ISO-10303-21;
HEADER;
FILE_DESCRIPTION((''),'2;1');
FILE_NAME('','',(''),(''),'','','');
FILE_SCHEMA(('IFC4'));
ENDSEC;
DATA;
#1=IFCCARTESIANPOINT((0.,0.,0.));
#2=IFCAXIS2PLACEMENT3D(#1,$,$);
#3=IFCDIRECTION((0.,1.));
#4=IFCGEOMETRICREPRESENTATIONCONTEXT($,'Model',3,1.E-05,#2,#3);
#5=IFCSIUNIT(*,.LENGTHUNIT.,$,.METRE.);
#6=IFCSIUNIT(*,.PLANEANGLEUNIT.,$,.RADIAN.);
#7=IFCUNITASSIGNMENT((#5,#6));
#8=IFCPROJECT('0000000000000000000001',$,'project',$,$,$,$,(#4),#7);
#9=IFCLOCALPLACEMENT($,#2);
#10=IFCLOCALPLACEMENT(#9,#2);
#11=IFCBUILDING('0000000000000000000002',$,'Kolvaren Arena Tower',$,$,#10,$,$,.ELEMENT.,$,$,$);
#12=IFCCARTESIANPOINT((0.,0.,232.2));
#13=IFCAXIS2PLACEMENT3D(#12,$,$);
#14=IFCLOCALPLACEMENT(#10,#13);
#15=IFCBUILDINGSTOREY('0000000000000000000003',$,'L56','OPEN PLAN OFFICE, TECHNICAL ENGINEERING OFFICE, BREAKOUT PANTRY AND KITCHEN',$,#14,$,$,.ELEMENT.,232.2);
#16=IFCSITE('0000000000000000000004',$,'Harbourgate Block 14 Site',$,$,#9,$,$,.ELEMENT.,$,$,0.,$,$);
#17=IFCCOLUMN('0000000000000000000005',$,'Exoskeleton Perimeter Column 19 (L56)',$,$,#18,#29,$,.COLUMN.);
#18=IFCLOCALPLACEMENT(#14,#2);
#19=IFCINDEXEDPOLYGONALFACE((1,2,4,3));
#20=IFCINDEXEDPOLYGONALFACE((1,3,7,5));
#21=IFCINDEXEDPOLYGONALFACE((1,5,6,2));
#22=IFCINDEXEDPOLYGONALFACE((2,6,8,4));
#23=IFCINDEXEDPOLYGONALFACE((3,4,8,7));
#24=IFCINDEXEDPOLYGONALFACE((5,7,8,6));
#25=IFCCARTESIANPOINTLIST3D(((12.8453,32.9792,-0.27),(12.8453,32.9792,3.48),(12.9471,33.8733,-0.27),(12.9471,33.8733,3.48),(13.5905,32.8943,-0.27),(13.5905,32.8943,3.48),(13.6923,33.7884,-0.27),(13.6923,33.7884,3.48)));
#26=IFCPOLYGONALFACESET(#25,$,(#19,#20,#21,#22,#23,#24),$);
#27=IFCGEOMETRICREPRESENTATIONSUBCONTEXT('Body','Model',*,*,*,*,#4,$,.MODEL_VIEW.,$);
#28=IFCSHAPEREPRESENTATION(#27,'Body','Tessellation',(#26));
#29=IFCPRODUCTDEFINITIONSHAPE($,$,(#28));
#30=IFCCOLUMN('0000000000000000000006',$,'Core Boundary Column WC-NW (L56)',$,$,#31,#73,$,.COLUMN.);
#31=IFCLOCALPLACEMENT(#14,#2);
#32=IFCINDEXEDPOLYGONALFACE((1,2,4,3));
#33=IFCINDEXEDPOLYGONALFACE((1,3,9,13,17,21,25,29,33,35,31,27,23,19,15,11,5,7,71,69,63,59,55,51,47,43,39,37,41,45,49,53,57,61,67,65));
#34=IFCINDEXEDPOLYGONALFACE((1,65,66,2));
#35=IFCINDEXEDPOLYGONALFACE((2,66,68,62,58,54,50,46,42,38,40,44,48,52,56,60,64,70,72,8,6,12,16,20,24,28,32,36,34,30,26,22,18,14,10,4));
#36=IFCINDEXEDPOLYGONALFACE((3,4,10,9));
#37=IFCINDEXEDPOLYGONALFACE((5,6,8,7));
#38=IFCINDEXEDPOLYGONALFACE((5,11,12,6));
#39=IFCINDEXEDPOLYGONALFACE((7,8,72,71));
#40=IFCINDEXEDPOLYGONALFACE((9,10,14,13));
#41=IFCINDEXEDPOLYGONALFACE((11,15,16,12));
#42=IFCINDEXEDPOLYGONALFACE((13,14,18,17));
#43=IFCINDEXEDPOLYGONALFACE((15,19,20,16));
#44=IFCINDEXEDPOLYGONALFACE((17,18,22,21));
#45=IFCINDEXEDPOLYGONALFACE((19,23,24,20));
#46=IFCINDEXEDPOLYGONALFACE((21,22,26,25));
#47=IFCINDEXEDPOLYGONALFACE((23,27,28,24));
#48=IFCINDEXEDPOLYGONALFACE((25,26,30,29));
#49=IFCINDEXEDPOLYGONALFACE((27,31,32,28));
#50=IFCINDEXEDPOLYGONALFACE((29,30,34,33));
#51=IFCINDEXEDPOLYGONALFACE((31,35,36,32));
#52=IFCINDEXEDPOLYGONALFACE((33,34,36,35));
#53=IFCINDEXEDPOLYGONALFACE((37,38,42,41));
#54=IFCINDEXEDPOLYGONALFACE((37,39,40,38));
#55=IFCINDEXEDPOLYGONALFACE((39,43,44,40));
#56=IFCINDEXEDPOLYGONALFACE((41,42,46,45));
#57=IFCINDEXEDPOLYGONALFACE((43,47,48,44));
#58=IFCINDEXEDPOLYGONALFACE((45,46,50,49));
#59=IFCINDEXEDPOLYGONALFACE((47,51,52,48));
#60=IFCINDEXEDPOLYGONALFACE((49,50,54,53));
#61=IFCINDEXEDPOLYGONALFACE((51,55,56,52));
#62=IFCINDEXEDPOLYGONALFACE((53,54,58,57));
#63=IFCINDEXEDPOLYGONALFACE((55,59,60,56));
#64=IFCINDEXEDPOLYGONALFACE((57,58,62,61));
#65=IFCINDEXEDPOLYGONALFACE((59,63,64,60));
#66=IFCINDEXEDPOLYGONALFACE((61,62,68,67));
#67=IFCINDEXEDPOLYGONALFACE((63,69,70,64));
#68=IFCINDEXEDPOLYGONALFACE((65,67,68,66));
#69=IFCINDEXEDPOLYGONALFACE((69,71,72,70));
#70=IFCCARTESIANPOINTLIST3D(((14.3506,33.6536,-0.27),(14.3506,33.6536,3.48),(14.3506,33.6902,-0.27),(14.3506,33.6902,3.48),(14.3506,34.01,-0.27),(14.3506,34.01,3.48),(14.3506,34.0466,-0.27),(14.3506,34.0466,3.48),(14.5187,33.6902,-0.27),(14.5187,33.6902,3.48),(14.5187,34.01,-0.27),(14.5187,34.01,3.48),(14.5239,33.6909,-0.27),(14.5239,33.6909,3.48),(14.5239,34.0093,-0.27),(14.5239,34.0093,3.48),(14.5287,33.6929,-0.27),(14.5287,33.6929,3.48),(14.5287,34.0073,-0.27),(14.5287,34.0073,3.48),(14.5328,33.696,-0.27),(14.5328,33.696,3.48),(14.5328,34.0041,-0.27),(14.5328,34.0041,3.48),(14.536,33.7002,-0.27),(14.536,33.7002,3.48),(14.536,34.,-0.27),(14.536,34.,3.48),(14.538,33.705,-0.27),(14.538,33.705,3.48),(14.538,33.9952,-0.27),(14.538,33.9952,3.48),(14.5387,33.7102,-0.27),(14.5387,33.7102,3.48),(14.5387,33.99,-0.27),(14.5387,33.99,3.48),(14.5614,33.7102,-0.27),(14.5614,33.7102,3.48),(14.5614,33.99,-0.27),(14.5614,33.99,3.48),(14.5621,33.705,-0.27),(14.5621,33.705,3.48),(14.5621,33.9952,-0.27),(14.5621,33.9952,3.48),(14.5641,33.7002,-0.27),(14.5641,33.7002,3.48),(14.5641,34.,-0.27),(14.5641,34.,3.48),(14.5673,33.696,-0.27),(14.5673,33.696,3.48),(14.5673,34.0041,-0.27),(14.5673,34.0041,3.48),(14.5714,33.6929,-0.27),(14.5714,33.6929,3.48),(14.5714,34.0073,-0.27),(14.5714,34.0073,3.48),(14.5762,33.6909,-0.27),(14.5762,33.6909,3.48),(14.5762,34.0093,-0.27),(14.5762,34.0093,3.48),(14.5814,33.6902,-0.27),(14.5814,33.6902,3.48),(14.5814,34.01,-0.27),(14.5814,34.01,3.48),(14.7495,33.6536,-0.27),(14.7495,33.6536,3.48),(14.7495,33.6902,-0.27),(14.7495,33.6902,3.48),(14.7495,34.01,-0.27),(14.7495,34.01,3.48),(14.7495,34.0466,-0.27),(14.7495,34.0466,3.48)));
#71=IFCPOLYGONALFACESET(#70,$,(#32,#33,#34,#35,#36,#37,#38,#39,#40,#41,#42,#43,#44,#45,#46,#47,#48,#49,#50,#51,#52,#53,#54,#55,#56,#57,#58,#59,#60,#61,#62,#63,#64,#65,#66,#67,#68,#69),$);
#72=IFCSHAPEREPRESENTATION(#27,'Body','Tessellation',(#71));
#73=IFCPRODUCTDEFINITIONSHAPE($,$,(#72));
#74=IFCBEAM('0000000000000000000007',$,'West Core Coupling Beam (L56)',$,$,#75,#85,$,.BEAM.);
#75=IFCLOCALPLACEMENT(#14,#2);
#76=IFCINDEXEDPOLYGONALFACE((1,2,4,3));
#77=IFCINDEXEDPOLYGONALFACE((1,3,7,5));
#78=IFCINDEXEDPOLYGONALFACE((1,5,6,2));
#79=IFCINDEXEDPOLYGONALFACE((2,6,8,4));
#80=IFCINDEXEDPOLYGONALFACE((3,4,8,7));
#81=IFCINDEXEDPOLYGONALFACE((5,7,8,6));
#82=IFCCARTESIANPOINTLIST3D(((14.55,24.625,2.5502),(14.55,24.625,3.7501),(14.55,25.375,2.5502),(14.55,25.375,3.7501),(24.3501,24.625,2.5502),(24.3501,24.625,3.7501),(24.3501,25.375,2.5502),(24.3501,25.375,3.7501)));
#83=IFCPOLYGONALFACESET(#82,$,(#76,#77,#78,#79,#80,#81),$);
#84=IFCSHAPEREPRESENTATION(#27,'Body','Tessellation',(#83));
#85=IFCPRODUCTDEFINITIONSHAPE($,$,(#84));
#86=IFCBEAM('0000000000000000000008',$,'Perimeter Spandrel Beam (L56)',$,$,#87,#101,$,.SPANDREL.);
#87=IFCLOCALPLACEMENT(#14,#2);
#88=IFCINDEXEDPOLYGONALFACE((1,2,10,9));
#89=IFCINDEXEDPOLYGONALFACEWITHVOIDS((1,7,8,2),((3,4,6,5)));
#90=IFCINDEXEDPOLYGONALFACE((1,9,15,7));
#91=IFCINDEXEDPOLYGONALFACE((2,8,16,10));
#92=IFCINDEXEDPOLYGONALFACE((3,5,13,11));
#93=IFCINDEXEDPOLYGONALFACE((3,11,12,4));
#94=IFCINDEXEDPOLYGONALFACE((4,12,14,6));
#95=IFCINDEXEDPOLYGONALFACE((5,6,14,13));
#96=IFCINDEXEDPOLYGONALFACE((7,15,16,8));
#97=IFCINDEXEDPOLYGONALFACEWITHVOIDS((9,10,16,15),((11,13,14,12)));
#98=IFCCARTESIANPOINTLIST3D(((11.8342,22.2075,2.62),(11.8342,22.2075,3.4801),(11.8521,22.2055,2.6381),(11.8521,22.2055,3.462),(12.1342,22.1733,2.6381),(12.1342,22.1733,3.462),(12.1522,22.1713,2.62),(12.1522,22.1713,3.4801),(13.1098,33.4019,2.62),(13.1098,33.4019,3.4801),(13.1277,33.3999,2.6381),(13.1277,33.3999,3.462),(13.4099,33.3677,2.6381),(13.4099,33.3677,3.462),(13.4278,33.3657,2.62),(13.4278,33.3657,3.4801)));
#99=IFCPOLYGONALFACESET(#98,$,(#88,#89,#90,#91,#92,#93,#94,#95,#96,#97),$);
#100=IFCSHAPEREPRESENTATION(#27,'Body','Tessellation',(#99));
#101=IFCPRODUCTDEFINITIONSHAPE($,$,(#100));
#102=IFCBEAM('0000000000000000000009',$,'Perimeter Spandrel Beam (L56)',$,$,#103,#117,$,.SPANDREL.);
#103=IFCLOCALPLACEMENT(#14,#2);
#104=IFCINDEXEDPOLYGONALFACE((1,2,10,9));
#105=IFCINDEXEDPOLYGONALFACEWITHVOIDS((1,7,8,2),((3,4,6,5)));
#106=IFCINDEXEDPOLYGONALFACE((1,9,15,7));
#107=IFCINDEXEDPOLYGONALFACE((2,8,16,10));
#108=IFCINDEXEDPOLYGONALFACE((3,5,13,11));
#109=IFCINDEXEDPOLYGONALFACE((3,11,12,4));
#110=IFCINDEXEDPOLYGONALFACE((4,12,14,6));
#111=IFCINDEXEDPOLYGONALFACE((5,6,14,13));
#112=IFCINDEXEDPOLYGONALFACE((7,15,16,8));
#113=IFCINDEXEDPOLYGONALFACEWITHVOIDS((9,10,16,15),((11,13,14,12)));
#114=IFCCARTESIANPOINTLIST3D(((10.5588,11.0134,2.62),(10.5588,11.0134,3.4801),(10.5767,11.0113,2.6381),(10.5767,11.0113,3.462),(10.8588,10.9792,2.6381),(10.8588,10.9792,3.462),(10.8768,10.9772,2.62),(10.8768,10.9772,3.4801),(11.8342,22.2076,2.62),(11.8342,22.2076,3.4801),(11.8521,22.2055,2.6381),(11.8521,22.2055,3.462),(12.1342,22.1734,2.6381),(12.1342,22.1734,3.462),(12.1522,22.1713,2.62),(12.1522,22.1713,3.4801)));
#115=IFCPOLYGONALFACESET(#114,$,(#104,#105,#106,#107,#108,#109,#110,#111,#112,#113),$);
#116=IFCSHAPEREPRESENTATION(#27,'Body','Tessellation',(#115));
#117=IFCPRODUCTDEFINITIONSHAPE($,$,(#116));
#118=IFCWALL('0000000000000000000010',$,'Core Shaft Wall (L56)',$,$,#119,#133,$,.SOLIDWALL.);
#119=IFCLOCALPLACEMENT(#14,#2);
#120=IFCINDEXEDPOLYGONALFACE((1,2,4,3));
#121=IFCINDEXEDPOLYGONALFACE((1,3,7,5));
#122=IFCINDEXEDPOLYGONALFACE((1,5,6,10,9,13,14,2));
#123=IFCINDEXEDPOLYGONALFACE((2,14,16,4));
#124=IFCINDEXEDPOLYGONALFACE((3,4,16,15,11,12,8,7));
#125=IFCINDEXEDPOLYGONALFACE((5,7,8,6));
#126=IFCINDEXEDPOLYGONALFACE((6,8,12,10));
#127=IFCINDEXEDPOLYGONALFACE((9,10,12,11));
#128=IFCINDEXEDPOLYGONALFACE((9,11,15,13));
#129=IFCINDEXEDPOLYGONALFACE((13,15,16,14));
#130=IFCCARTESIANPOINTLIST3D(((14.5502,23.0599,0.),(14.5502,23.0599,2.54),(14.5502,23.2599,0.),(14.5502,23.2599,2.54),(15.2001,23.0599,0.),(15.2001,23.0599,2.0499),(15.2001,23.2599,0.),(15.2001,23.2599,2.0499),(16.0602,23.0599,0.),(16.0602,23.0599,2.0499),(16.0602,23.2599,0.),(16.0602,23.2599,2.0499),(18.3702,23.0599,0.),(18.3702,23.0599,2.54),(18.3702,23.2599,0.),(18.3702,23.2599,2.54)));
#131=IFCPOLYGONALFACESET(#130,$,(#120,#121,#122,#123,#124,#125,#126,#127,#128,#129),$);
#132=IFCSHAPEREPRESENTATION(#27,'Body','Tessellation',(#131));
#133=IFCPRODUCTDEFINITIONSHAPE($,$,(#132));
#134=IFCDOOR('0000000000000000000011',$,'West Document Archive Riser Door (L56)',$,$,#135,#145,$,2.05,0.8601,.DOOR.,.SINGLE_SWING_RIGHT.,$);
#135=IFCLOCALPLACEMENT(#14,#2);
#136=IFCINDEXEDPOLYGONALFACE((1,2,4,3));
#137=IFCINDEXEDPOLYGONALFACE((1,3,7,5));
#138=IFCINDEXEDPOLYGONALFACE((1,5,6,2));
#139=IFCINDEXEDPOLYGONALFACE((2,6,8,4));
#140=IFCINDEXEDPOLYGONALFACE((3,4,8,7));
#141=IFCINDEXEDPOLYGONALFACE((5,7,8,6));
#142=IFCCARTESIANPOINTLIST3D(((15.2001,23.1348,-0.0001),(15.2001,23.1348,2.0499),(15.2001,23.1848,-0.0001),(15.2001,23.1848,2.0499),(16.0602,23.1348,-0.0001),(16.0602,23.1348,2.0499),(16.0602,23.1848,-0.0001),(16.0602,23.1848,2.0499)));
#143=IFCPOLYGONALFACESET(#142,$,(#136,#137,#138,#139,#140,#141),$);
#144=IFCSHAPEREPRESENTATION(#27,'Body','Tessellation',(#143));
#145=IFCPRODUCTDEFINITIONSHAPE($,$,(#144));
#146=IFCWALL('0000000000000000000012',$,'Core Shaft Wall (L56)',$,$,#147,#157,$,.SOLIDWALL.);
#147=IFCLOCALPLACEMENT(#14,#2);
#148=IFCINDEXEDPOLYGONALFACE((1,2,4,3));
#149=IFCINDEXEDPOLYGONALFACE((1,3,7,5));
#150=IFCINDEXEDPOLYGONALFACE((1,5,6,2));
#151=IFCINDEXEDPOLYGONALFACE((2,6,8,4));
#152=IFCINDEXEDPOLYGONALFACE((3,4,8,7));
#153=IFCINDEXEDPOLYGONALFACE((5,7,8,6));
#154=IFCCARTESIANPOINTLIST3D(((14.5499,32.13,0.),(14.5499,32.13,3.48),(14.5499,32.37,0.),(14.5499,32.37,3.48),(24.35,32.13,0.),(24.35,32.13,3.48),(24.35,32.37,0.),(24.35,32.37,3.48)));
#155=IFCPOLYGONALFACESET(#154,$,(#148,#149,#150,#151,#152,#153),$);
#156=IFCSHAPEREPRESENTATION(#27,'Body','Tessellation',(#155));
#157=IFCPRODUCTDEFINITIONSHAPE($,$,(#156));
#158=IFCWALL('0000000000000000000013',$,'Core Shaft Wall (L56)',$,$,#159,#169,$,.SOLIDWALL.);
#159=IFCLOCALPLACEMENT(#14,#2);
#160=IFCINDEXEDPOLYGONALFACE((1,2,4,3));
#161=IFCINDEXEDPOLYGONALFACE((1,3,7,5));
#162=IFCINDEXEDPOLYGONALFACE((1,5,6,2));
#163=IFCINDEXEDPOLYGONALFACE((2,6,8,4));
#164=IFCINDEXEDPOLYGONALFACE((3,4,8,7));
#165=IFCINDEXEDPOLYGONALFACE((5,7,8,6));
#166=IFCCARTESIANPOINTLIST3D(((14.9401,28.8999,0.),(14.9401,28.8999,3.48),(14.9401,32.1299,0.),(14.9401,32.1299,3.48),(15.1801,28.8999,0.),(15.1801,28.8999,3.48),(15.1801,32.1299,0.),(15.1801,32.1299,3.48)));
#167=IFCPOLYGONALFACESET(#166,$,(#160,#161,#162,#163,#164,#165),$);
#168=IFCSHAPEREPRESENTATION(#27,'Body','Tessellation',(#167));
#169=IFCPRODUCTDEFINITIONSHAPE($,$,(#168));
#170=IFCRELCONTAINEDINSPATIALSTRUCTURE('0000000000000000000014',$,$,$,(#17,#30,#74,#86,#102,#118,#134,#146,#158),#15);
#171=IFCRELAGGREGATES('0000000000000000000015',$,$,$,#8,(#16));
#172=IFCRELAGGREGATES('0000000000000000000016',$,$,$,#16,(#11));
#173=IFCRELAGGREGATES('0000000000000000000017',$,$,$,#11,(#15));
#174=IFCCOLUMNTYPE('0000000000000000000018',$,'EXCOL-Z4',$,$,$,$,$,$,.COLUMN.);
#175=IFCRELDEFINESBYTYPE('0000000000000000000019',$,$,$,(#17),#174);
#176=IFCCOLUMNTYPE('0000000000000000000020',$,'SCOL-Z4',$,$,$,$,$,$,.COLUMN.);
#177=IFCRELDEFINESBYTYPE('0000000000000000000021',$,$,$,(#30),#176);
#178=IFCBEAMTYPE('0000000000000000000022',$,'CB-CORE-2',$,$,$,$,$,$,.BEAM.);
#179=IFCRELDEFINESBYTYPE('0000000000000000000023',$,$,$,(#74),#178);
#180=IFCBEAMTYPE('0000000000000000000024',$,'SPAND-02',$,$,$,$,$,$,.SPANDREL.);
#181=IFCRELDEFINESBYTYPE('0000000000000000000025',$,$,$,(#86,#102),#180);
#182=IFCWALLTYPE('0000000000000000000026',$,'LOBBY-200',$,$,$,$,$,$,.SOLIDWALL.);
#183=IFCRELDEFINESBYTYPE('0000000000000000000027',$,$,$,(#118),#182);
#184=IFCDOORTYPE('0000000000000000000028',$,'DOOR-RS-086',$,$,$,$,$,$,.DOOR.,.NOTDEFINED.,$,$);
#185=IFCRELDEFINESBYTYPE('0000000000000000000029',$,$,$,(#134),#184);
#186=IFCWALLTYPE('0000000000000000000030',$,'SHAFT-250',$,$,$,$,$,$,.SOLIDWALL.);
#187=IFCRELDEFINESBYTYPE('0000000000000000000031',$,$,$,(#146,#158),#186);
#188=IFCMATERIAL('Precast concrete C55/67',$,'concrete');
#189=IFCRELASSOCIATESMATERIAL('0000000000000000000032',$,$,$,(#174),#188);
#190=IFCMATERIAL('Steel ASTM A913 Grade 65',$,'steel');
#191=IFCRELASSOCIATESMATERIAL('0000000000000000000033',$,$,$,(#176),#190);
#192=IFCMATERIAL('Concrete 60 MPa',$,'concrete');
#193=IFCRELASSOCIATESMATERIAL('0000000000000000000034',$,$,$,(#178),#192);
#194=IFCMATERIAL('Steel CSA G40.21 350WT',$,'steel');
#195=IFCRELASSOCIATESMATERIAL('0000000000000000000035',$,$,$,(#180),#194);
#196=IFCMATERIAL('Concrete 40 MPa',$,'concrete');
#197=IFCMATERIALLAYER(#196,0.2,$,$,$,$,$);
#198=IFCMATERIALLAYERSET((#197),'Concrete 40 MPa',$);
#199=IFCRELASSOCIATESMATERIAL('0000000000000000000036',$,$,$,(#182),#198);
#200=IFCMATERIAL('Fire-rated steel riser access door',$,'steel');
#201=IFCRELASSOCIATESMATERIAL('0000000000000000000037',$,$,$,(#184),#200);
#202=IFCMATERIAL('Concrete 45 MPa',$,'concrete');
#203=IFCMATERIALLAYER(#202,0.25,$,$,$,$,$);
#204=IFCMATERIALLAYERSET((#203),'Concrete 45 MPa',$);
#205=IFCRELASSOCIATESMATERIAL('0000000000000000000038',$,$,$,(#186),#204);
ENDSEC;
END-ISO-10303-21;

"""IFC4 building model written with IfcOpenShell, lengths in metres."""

from ifc_helpers import new_model, si_unit, direction, frame, frame_2d, origin, origin_2d, place, context, subcontext, project, spatial, rectangle, hollow_rectangle, i_section, extrude, material, layer, layer_set, material_profile, profile_set, type_object, element, fill, save


model = new_model("IFC4")

# Units and contexts
model_context = context("Model", 3, precision=1e-05, world=origin(), true_north=direction((0.0, 1.0)))
body_context = subcontext(model_context, "Body", "Model", "MODEL_VIEW")
ifc_project = project(units=[si_unit("LENGTHUNIT", "METRE"), si_unit("PLANEANGLEUNIT", "RADIAN")], contexts=[model_context])

# Site, building, storey
site_placement = place(None, origin())
site = spatial("IfcSite", under=ifc_project, at=site_placement, Name="Harbourgate Block 14 Site", CompositionType="ELEMENT", RefElevation=0.0)
building_placement = place(site_placement, origin())
building = spatial("IfcBuilding", under=site, at=building_placement, Name="Kolvaren Arena Tower", CompositionType="ELEMENT")
storey_placement = place(building_placement, frame((0.0, 0.0, 232.2)))
storey = spatial("IfcBuildingStorey", under=building, at=storey_placement, Name="L56", Description="OPEN PLAN OFFICE, TECHNICAL ENGINEERING OFFICE, BREAKOUT PANTRY AND KITCHEN", CompositionType="ELEMENT", Elevation=232.2)

# Columns
ifc_material_1 = material(Name="Precast concrete C55/67", Category="concrete")
ifc_material_profile_1 = material_profile(ifc_material_1, rectangle(XDim=0.8999, YDim=0.75, at=origin_2d()), Name="RC-900x750")
ifc_profile_set_1 = profile_set([ifc_material_profile_1], Name="Precast concrete C55/67")
column_type_1 = type_object("IfcColumnType", Name="EXCOL-Z4", PredefinedType="COLUMN", material=ifc_profile_set_1)
column_1_placement = place(storey_placement, frame((13.2688, 33.3838, -0.27), z_axis=(0.0, 0.0, 1.0), x_axis=(0.113203, 0.993572, 0.0)))
element("IfcColumn", 1, at=column_1_placement, inside=storey, type_object=column_type_1, Name="Exoskeleton Perimeter Column 19 (L56)", PredefinedType="COLUMN", context=body_context, shape_type="SweptSolid", body=[
    extrude(rectangle(XDim=0.8999, YDim=0.75, at=origin_2d()), origin(), (0.0, 0.0, 1.0), 3.75),
])
ifc_material_2 = material(Name="Steel ASTM A913 Grade 65", Category="steel")
ifc_material_profile_2 = material_profile(ifc_material_2, i_section(OverallWidth=0.3989, OverallDepth=0.3931, WebThickness=0.0227, FlangeThickness=0.0366, FilletRadius=0.02, at=origin_2d()), Name="W360x287")
ifc_profile_set_2 = profile_set([ifc_material_profile_2], Name="Steel ASTM A913 Grade 65")
column_type_2 = type_object("IfcColumnType", Name="SCOL-Z4", PredefinedType="COLUMN", material=ifc_profile_set_2)
column_2_placement = place(storey_placement, frame((14.55, 33.8501, -0.27), z_axis=(0.0, 0.0, 1.0), x_axis=(1.0, 0.0, 0.0)))
element("IfcColumn", 2, at=column_2_placement, inside=storey, type_object=column_type_2, Name="Core Boundary Column WC-NW (L56)", PredefinedType="COLUMN", context=body_context, shape_type="SweptSolid", body=[
    extrude(i_section(OverallWidth=0.3989, OverallDepth=0.3931, WebThickness=0.0227, FlangeThickness=0.0366, FilletRadius=0.02, at=origin_2d()), origin(), (0.0, 0.0, 1.0), 3.75),
])

# Beams
ifc_material_3 = material(Name="Concrete 60 MPa", Category="concrete")
ifc_material_profile_3 = material_profile(ifc_material_3, rectangle(XDim=0.75, YDim=1.2, at=origin_2d()), Name="RC-750x1200")
ifc_profile_set_3 = profile_set([ifc_material_profile_3], Name="Concrete 60 MPa")
beam_type_1 = type_object("IfcBeamType", Name="CB-CORE-2", PredefinedType="BEAM", material=ifc_profile_set_3)
beam_1_placement = place(storey_placement, frame((14.55, 25.0, 3.1501), z_axis=(1.0, 0.0, 0.0), x_axis=(0.0, 1.0, 0.0)))
element("IfcBeam", 3, at=beam_1_placement, inside=storey, type_object=beam_type_1, Name="West Core Coupling Beam (L56)", PredefinedType="BEAM", context=body_context, shape_type="SweptSolid", body=[
    extrude(rectangle(XDim=0.75, YDim=1.2, at=origin_2d()), origin(), (0.0, 0.0, 1.0), 9.8),
])
ifc_material_4 = material(Name="Steel CSA G40.21 350WT", Category="steel")
ifc_material_profile_4 = material_profile(ifc_material_4, hollow_rectangle(XDim=0.3201, YDim=0.8601, WallThickness=0.0181, at=origin_2d()), Name="HSS 860x320x18")
ifc_profile_set_4 = profile_set([ifc_material_profile_4], Name="Steel CSA G40.21 350WT")
beam_type_2 = type_object("IfcBeamType", Name="SPAND-02", PredefinedType="SPANDREL", material=ifc_profile_set_4)
beam_2_placement = place(storey_placement, frame((13.2688, 33.3838, 3.05), z_axis=(-0.113221, -0.99357, 0.0), x_axis=(0.99357, -0.113221, 0.0)))
element("IfcBeam", 4, at=beam_2_placement, inside=storey, type_object=beam_type_2, Name="Perimeter Spandrel Beam (L56)", PredefinedType="SPANDREL", context=body_context, shape_type="SweptSolid", body=[
    extrude(hollow_rectangle(XDim=0.3201, YDim=0.8601, WallThickness=0.0181, at=origin_2d()), origin(), (0.0, 0.0, 1.0), 11.2668),
])
beam_3_placement = place(storey_placement, frame((11.9932, 22.1895, 3.05), z_axis=(-0.113202, -0.993572, 0.0), x_axis=(0.993572, -0.113202, 0.0)))
element("IfcBeam", 5, at=beam_3_placement, inside=storey, type_object=beam_type_2, Name="Perimeter Spandrel Beam (L56)", PredefinedType="SPANDREL", context=body_context, shape_type="SweptSolid", body=[
    extrude(hollow_rectangle(XDim=0.3201, YDim=0.8601, WallThickness=0.0181, at=origin_2d()), origin(), (0.0, 0.0, 1.0), 11.2666),
])

# Wall, opening, door
ifc_material_5 = material(Name="Concrete 40 MPa", Category="concrete")
ifc_layer_1 = layer(ifc_material_5, 0.2)
ifc_layer_set_1 = layer_set([ifc_layer_1], Name="Concrete 40 MPa")
wall_type_1 = type_object("IfcWallType", Name="LOBBY-200", PredefinedType="SOLIDWALL", material=ifc_layer_set_1)
wall_1_placement = place(storey_placement, frame((14.55, 23.1599, 0.0), z_axis=(0.0, 0.0, 1.0), x_axis=(1.0, 0.0, 0.0)))
wall_1 = element("IfcWall", 6, at=wall_1_placement, inside=storey, type_object=wall_type_1, Name="Core Shaft Wall (L56)", PredefinedType="SOLIDWALL", context=body_context, shape_type="SweptSolid", body=[
    extrude(rectangle(XDim=3.8201, YDim=0.2, at=frame_2d((1.9102, 0.0))), origin(), (0.0, 0.0, 1.0), 2.54),
])
opening_1_placement = place(wall_1_placement, frame((0.6499, 0.0, 0.0)))
opening_1 = element("IfcOpeningElement", 7, at=opening_1_placement, cuts=wall_1, PredefinedType="OPENING", context=body_context, shape_type="SweptSolid", body=[
    extrude(rectangle(XDim=0.8601, YDim=2.05, at=frame_2d((0.4302, 1.0249))), frame((0.0, 0.1099, 0.0), z_axis=(0.0, -1.0, 0.0), x_axis=(1.0, 0.0, 0.0)), (0.0, 0.0, 1.0), 0.22),
])
ifc_material_6 = material(Name="Fire-rated steel riser access door", Category="steel")
door_type_1 = type_object("IfcDoorType", Name="DOOR-RS-086", OperationType="NOTDEFINED", PredefinedType="DOOR", material=ifc_material_6)
door_1_placement = place(opening_1_placement, origin())
door_1 = element("IfcDoor", 8, at=door_1_placement, inside=storey, type_object=door_type_1, Name="West Document Archive Riser Door (L56)", OperationType="SINGLE_SWING_RIGHT", OverallHeight=2.05, OverallWidth=0.8601, PredefinedType="DOOR", context=body_context, shape_type="SweptSolid", body=[
    extrude(rectangle(XDim=0.8601, YDim=2.05, at=frame_2d((0.4302, 1.0249))), frame((0.0, 0.0249, 0.0), z_axis=(0.0, -1.0, 0.0), x_axis=(1.0, 0.0, 0.0)), (0.0, 0.0, 1.0), 0.05),
])
fill(opening_1, door_1)

# Walls
ifc_material_7 = material(Name="Concrete 45 MPa", Category="concrete")
ifc_layer_2 = layer(ifc_material_7, 0.25)
ifc_layer_set_2 = layer_set([ifc_layer_2], Name="Concrete 45 MPa")
wall_type_2 = type_object("IfcWallType", Name="SHAFT-250", PredefinedType="SOLIDWALL", material=ifc_layer_set_2)
wall_2_placement = place(storey_placement, frame((14.55, 32.25, 0.0), z_axis=(0.0, 0.0, 1.0), x_axis=(1.0, 0.0, 0.0)))
element("IfcWall", 9, at=wall_2_placement, inside=storey, type_object=wall_type_2, Name="Core Shaft Wall (L56)", PredefinedType="SOLIDWALL", context=body_context, shape_type="SweptSolid", body=[
    extrude(rectangle(XDim=9.8, YDim=0.24, at=frame_2d((4.8999, 0.0))), origin(), (0.0, 0.0, 1.0), 3.48),
])
wall_3_placement = place(storey_placement, frame((15.0601, 28.8999, 0.0), z_axis=(0.0, 0.0, 1.0), x_axis=(0.0, 1.0, 0.0)))
element("IfcWall", 10, at=wall_3_placement, inside=storey, type_object=wall_type_2, Name="Core Shaft Wall (L56)", PredefinedType="SOLIDWALL", context=body_context, shape_type="SweptSolid", body=[
    extrude(rectangle(XDim=3.23, YDim=0.24, at=frame_2d((1.615, 0.0))), origin(), (0.0, 0.0, 1.0), 3.48),
])

save(model, "model.ifc")
